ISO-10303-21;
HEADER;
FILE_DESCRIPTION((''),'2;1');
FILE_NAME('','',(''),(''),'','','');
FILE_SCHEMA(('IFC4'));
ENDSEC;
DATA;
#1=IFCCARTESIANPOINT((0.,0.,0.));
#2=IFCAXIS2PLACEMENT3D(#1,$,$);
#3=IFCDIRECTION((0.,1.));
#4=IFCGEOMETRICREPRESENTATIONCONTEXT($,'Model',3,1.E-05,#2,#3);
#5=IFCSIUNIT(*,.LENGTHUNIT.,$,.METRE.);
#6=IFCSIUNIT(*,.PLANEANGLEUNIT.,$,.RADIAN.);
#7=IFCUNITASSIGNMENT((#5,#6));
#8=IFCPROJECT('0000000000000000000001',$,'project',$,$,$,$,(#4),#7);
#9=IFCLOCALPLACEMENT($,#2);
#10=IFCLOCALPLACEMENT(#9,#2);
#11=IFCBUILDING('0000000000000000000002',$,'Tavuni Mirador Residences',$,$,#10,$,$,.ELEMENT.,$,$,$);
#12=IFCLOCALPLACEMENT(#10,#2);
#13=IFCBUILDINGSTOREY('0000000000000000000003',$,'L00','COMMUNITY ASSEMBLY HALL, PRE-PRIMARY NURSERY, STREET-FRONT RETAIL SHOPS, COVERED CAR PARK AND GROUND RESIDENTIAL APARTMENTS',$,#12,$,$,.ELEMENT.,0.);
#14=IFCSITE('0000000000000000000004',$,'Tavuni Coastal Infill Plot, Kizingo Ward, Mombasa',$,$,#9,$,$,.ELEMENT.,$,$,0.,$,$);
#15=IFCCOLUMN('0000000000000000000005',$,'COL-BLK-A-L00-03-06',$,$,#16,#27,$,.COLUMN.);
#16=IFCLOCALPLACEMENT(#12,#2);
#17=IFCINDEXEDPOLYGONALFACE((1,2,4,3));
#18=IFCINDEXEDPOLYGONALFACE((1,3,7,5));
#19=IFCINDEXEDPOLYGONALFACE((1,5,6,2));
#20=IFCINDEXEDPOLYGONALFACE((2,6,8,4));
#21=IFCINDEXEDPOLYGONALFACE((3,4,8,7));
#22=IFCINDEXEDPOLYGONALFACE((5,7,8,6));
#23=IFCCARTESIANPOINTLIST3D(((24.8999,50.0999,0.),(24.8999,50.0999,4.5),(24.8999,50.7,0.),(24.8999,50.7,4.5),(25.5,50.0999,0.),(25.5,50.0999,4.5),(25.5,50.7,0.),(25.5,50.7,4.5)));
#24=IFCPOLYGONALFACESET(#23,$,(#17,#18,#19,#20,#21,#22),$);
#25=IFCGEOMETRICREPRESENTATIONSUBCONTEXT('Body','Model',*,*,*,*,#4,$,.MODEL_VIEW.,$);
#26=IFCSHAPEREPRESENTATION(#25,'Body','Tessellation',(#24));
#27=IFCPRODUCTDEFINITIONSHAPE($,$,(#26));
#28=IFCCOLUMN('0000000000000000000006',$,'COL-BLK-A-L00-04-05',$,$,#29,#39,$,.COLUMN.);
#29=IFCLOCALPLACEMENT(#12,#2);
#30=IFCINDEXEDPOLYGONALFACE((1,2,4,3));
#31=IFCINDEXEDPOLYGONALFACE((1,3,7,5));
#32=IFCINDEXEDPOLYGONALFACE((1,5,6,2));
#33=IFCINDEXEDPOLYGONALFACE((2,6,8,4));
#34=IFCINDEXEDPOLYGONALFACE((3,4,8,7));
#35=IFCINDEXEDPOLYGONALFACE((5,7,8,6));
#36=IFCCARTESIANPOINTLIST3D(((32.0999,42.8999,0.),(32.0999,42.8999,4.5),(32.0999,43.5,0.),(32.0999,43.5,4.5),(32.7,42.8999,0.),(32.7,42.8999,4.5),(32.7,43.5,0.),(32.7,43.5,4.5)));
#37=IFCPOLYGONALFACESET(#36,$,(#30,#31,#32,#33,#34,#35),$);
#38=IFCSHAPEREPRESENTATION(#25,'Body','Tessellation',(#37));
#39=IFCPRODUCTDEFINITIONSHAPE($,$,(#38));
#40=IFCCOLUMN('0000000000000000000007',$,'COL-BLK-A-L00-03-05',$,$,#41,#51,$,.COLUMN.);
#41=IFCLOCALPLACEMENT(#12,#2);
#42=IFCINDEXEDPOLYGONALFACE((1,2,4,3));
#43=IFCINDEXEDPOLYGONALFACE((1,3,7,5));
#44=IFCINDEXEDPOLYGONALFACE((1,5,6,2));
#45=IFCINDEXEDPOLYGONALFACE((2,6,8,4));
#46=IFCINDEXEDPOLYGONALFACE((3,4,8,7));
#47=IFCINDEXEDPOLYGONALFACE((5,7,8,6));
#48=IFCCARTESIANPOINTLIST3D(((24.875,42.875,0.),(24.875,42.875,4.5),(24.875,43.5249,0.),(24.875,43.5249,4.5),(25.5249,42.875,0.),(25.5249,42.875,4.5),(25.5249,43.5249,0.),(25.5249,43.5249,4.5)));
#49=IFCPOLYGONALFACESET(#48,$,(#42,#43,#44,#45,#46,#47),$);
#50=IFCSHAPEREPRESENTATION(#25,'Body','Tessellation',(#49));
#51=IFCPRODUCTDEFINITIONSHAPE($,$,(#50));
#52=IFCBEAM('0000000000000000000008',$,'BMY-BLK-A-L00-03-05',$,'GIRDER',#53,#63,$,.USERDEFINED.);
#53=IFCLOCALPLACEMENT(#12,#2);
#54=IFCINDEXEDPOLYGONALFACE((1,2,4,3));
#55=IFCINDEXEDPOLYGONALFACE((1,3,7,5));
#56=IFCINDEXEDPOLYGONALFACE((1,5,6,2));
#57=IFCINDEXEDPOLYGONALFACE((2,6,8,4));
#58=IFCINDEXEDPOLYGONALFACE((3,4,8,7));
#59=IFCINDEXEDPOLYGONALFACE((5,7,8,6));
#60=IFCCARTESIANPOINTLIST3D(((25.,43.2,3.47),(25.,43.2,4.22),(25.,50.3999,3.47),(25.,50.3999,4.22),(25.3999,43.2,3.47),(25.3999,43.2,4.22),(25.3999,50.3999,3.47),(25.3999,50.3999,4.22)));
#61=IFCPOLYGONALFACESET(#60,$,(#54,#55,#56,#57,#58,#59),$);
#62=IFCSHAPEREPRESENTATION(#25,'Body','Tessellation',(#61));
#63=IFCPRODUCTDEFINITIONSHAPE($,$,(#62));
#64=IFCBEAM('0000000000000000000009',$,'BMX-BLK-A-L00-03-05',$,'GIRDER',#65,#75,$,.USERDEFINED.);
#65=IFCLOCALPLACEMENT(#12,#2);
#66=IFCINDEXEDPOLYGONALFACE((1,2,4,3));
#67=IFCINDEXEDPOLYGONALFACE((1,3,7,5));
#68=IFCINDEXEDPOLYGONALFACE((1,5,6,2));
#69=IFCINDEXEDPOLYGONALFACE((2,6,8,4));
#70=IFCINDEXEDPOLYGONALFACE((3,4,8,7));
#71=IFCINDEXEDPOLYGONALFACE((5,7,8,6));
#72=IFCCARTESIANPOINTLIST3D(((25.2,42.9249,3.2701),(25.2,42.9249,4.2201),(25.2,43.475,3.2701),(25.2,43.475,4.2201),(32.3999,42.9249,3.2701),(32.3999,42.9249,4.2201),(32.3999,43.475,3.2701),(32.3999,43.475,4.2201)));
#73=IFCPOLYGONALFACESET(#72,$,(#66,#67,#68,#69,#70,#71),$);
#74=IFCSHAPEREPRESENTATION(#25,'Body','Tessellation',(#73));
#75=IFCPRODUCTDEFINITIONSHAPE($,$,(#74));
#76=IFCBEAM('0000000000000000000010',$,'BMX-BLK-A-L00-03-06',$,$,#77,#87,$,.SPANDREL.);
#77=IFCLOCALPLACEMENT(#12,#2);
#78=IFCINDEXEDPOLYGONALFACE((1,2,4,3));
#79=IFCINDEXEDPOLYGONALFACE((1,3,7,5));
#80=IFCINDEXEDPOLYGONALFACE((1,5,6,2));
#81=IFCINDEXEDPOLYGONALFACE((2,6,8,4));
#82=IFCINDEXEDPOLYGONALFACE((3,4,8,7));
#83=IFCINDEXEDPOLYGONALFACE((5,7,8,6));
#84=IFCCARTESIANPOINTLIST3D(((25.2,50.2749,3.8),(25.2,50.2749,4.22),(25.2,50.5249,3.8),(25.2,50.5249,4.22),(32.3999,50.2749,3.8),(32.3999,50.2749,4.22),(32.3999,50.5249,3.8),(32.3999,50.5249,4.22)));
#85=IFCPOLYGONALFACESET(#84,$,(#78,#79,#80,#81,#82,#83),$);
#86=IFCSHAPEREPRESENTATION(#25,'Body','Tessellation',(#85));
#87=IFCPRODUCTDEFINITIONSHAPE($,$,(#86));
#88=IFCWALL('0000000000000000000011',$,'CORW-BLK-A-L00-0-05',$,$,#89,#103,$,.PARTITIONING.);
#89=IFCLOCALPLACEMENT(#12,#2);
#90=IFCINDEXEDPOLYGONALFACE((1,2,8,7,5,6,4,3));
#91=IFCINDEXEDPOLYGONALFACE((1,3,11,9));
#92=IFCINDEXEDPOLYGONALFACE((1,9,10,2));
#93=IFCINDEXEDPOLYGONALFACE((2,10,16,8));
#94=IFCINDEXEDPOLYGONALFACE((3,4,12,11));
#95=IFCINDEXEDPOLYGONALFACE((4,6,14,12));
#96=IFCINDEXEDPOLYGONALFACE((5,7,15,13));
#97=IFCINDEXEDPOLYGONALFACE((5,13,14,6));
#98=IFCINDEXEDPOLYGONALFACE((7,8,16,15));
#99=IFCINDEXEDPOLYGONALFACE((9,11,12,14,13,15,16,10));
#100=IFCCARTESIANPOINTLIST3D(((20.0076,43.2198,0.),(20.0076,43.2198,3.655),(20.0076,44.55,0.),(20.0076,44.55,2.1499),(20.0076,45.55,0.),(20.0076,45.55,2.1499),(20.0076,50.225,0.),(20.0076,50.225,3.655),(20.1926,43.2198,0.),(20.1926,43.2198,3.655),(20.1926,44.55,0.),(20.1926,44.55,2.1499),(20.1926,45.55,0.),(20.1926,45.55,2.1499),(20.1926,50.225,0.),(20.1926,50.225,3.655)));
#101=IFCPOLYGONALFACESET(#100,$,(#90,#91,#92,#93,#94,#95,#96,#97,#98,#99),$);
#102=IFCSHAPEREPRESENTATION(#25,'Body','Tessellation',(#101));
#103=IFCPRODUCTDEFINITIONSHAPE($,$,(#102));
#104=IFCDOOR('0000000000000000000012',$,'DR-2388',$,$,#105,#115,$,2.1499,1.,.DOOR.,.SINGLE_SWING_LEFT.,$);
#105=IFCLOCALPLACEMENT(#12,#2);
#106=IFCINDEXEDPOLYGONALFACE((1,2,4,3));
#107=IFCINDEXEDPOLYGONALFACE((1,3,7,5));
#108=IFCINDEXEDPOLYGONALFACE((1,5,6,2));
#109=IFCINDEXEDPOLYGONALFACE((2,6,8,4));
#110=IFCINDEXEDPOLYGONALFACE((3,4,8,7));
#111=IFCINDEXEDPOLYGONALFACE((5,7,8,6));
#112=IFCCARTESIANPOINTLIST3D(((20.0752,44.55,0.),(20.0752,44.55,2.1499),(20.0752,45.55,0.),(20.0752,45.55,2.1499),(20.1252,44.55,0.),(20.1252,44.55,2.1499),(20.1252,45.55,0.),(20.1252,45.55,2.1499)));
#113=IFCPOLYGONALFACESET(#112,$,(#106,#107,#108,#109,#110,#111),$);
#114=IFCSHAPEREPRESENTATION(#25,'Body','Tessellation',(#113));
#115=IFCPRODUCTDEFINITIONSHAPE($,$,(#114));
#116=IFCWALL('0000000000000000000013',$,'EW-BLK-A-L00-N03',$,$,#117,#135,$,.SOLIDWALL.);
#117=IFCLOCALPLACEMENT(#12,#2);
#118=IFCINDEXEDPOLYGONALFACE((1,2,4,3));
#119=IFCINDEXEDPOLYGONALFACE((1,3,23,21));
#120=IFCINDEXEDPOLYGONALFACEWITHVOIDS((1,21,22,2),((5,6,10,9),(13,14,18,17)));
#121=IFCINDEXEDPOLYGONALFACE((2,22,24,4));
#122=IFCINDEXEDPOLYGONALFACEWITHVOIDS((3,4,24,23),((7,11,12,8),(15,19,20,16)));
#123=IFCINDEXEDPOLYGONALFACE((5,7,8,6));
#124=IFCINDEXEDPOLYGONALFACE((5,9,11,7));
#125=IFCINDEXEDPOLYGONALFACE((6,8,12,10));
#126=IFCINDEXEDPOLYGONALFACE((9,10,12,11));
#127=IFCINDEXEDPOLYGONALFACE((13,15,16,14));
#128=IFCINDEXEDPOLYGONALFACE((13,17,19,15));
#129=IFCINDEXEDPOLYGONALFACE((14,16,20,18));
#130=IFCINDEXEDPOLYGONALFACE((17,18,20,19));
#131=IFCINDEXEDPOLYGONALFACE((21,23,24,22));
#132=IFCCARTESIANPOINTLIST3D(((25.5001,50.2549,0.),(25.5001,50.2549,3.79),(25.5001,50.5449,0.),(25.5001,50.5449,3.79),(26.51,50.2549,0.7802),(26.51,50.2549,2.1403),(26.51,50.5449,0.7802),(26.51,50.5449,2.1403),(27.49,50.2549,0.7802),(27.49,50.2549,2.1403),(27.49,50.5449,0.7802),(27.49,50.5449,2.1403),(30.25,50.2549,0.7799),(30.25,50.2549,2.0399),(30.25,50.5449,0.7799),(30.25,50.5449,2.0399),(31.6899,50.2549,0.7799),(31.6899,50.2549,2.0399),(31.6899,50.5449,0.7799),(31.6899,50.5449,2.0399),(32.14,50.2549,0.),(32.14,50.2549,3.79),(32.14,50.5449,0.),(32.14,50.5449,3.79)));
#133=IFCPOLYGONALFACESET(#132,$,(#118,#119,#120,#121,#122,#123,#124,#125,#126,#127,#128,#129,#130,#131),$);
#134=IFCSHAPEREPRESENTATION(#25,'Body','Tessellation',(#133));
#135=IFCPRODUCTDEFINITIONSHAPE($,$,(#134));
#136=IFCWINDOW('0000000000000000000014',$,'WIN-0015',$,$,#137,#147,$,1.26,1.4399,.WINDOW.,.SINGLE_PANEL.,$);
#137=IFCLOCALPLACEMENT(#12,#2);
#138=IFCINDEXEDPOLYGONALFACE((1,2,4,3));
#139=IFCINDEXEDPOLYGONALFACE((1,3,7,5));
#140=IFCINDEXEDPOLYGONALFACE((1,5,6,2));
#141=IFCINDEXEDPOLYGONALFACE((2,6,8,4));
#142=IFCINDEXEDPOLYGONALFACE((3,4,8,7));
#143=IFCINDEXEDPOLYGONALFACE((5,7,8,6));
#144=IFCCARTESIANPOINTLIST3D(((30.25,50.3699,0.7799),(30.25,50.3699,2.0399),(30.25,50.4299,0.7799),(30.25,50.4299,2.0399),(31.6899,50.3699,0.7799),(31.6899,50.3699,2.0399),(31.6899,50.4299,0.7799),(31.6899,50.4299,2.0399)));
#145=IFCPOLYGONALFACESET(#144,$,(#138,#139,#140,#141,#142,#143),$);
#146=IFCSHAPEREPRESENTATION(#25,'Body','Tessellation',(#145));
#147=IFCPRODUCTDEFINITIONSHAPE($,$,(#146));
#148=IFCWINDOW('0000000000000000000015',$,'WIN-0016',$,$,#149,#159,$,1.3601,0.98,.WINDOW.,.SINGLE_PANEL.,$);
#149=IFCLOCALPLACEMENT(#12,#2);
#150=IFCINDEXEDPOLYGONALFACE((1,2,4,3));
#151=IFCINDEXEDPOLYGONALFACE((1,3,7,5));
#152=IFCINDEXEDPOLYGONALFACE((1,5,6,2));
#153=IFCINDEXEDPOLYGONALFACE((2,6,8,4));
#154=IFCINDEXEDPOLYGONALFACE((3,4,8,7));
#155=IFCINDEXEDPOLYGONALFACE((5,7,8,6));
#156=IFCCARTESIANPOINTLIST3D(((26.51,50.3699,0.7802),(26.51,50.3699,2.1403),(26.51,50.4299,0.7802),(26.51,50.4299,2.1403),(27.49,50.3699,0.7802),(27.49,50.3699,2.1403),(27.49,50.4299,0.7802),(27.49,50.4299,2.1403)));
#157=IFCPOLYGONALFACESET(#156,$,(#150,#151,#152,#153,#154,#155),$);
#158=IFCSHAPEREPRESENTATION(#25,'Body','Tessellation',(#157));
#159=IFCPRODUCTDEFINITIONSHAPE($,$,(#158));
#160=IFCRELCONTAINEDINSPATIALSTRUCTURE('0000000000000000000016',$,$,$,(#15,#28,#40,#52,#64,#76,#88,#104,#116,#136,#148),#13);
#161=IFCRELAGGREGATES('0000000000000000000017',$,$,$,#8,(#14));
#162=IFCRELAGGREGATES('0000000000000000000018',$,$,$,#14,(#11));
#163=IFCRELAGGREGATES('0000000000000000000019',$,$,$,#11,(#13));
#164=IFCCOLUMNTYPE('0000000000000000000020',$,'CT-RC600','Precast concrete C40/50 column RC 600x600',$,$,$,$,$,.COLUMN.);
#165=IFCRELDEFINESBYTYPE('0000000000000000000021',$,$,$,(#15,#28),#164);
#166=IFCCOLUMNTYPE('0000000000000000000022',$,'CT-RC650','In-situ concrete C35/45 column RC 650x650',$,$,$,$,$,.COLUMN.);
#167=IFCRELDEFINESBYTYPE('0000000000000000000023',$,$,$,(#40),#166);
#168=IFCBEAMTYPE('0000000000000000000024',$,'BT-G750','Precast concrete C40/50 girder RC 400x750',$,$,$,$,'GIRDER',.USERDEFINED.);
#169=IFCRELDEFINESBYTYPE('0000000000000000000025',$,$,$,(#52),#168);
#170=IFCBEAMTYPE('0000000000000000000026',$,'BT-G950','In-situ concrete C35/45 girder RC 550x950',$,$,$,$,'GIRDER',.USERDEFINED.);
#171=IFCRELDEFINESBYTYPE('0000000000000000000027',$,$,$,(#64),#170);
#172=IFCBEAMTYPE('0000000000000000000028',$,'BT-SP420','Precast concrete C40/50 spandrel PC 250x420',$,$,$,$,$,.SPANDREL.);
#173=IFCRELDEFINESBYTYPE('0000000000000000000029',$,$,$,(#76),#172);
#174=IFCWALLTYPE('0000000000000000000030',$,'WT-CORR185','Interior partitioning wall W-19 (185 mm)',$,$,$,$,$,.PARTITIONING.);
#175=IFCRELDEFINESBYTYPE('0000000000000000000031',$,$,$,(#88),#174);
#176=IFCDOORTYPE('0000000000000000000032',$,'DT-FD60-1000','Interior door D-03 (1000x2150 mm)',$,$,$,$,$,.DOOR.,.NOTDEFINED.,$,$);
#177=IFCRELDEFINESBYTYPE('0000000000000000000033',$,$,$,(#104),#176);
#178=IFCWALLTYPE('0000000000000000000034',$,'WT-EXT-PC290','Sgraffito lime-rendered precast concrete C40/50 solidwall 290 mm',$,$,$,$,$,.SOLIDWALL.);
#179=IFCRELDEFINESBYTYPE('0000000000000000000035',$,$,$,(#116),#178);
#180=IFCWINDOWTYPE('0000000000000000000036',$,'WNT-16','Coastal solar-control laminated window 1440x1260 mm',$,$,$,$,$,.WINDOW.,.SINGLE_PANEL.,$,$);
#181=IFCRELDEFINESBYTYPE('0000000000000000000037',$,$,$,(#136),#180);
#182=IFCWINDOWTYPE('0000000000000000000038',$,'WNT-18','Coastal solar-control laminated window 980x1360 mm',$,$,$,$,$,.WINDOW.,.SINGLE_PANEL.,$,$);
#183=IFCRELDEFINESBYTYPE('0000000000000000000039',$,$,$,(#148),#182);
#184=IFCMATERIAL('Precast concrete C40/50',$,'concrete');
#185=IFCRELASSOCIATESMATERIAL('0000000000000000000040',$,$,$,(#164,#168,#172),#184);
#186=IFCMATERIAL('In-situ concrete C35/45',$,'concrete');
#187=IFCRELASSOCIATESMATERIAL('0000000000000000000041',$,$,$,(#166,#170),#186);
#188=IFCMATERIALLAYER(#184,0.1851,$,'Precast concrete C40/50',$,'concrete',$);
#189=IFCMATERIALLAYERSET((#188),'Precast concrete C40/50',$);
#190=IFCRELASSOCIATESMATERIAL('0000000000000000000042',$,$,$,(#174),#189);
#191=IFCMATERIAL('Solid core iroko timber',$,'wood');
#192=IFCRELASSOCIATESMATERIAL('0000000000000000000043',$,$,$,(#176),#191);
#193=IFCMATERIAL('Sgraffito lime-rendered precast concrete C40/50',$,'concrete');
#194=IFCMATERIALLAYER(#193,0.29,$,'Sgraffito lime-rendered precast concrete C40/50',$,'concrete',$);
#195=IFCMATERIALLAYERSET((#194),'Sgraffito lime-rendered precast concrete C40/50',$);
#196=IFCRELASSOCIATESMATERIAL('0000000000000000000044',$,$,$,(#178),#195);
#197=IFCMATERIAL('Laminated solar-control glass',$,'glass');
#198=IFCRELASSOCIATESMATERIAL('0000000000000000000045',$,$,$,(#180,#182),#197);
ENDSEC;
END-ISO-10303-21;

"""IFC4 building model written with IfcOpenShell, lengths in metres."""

from ifc_helpers import new_model, si_unit, direction, frame, frame_2d, origin, origin_2d, place, context, subcontext, project, spatial, rectangle, extrude, material, layer, layer_set, material_profile, profile_set, type_object, element, fill, save


model = new_model("IFC4")

# Units and contexts
model_context = context("Model", 3, precision=1e-05, world=origin(), true_north=direction((0.0, 1.0)))
body_context = subcontext(model_context, "Body", "Model", "MODEL_VIEW")
ifc_project = project(units=[si_unit("LENGTHUNIT", "METRE"), si_unit("PLANEANGLEUNIT", "RADIAN")], contexts=[model_context])

# Site, building, storey
site_placement = place(None, origin())
site = spatial("IfcSite", under=ifc_project, at=site_placement, Name="Tavuni Coastal Infill Plot, Kizingo Ward, Mombasa", CompositionType="ELEMENT", RefElevation=0.0)
building_placement = place(site_placement, origin())
building = spatial("IfcBuilding", under=site, at=building_placement, Name="Tavuni Mirador Residences", CompositionType="ELEMENT")
storey_placement = place(building_placement, origin())
storey = spatial("IfcBuildingStorey", under=building, at=storey_placement, Name="L00", Description="COMMUNITY ASSEMBLY HALL, PRE-PRIMARY NURSERY, STREET-FRONT RETAIL SHOPS, COVERED CAR PARK AND GROUND RESIDENTIAL APARTMENTS", CompositionType="ELEMENT", Elevation=0.0)

# Columns
ifc_material_1 = material(Name="Precast concrete C40/50", Category="concrete")
ifc_material_profile_1 = material_profile(ifc_material_1, rectangle(XDim=0.6001, YDim=0.6001, at=origin_2d()), Name="RC 600x600", Category="concrete")
ifc_profile_set_1 = profile_set([ifc_material_profile_1], Name="Precast concrete C40/50")
column_type_1 = type_object("IfcColumnType", Name="CT-RC600", Description="Precast concrete C40/50 column RC 600x600", PredefinedType="COLUMN", material=ifc_profile_set_1)
for number, where, z_axis, x_axis, name in (
    (1, (25.2, 50.3999, 0.0), (0.0, 0.0, 1.0), (1.0, 0.0, 0.0), "COL-BLK-A-L00-03-06"),
    (2, (32.3999, 43.2, 0.0), (0.0, 0.0, 1.0), (1.0, 0.0, 0.0), "COL-BLK-A-L00-04-05"),
):
    element("IfcColumn", number, at=place(storey_placement, frame(where, z_axis=z_axis, x_axis=x_axis)), inside=storey, type_object=column_type_1, Name=name, PredefinedType="COLUMN", context=body_context, shape_type="SweptSolid", body=[
        extrude(rectangle(XDim=0.6001, YDim=0.6001, at=origin_2d()), origin(), (0.0, 0.0, 1.0), 4.5),
    ])
ifc_material_2 = material(Name="In-situ concrete C35/45", Category="concrete")
ifc_material_profile_2 = material_profile(ifc_material_2, rectangle(XDim=0.6499, YDim=0.6499, at=origin_2d()), Name="RC 650x650", Category="concrete")
ifc_profile_set_2 = profile_set([ifc_material_profile_2], Name="In-situ concrete C35/45")
column_type_2 = type_object("IfcColumnType", Name="CT-RC650", Description="In-situ concrete C35/45 column RC 650x650", PredefinedType="COLUMN", material=ifc_profile_set_2)
column_placement = place(storey_placement, frame((25.2, 43.2, 0.0), z_axis=(0.0, 0.0, 1.0), x_axis=(1.0, 0.0, 0.0)))
element("IfcColumn", 3, at=column_placement, inside=storey, type_object=column_type_2, Name="COL-BLK-A-L00-03-05", PredefinedType="COLUMN", context=body_context, shape_type="SweptSolid", body=[
    extrude(rectangle(XDim=0.6499, YDim=0.6499, at=origin_2d()), origin(), (0.0, 0.0, 1.0), 4.5),
])

# Beams
ifc_material_profile_3 = material_profile(ifc_material_1, rectangle(XDim=0.3999, YDim=0.75, at=origin_2d()), Name="RC 400x750", Category="concrete")
ifc_profile_set_3 = profile_set([ifc_material_profile_3], Name="Precast concrete C40/50")
beam_type_1 = type_object("IfcBeamType", Name="BT-G750", Description="Precast concrete C40/50 girder RC 400x750", ElementType="GIRDER", PredefinedType="USERDEFINED", material=ifc_profile_set_3)
beam_1_placement = place(storey_placement, frame((25.2, 43.2, 3.845), z_axis=(0.0, 1.0, 0.0), x_axis=(-1.0, 0.0, 0.0)))
element("IfcBeam", 4, at=beam_1_placement, inside=storey, type_object=beam_type_1, Name="BMY-BLK-A-L00-03-05", ObjectType="GIRDER", PredefinedType="USERDEFINED", context=body_context, shape_type="SweptSolid", body=[
    extrude(rectangle(XDim=0.3999, YDim=0.75, at=origin_2d()), origin(), (0.0, 0.0, 1.0), 7.2),
])
ifc_material_profile_4 = material_profile(ifc_material_2, rectangle(XDim=0.55, YDim=0.95, at=origin_2d()), Name="RC 550x950", Category="concrete")
ifc_profile_set_4 = profile_set([ifc_material_profile_4], Name="In-situ concrete C35/45")
beam_type_2 = type_object("IfcBeamType", Name="BT-G950", Description="In-situ concrete C35/45 girder RC 550x950", ElementType="GIRDER", PredefinedType="USERDEFINED", material=ifc_profile_set_4)
beam_2_placement = place(storey_placement, frame((25.2, 43.2, 3.7451), z_axis=(1.0, 0.0, 0.0), x_axis=(0.0, 1.0, 0.0)))
element("IfcBeam", 5, at=beam_2_placement, inside=storey, type_object=beam_type_2, Name="BMX-BLK-A-L00-03-05", ObjectType="GIRDER", PredefinedType="USERDEFINED", context=body_context, shape_type="SweptSolid", body=[
    extrude(rectangle(XDim=0.55, YDim=0.95, at=origin_2d()), origin(), (0.0, 0.0, 1.0), 7.2),
])
ifc_material_profile_5 = material_profile(ifc_material_1, rectangle(XDim=0.25, YDim=0.4199, at=origin_2d()), Name="PC 250x420", Category="concrete")
ifc_profile_set_5 = profile_set([ifc_material_profile_5], Name="Precast concrete C40/50")
beam_type_3 = type_object("IfcBeamType", Name="BT-SP420", Description="Precast concrete C40/50 spandrel PC 250x420", PredefinedType="SPANDREL", material=ifc_profile_set_5)
beam_3_placement = place(storey_placement, frame((25.2, 50.3999, 4.01), z_axis=(1.0, 0.0, 0.0), x_axis=(0.0, 1.0, 0.0)))
element("IfcBeam", 6, at=beam_3_placement, inside=storey, type_object=beam_type_3, Name="BMX-BLK-A-L00-03-06", PredefinedType="SPANDREL", context=body_context, shape_type="SweptSolid", body=[
    extrude(rectangle(XDim=0.25, YDim=0.4199, at=origin_2d()), origin(), (0.0, 0.0, 1.0), 7.2),
])

# Wall, opening, door
ifc_layer_1 = layer(ifc_material_1, 0.1851, Name="Precast concrete C40/50", Category="concrete")
ifc_layer_set_1 = layer_set([ifc_layer_1], Name="Precast concrete C40/50")
wall_type_1 = type_object("IfcWallType", Name="WT-CORR185", Description="Interior partitioning wall W-19 (185 mm)", PredefinedType="PARTITIONING", material=ifc_layer_set_1)
wall_1_placement = place(storey_placement, frame((20.1001, 43.22, 0.0), z_axis=(0.0, 0.0, 1.0), x_axis=(0.0, 1.0, 0.0)))
wall_1 = element("IfcWall", 7, at=wall_1_placement, inside=storey, type_object=wall_type_1, Name="CORW-BLK-A-L00-0-05", PredefinedType="PARTITIONING", context=body_context, shape_type="SweptSolid", body=[
    extrude(rectangle(XDim=7.0051, YDim=0.1851, at=frame_2d((3.5024, 0.0))), origin(), (0.0, 0.0, 1.0), 3.655),
])
opening_1_placement = place(wall_1_placement, frame((1.3301, 0.0, 0.0)))
opening_1 = element("IfcOpeningElement", 8, at=opening_1_placement, cuts=wall_1, PredefinedType="OPENING", context=body_context, shape_type="SweptSolid", body=[
    extrude(rectangle(XDim=1.0, YDim=2.1499, at=frame_2d((0.5, 1.075))), frame((0.0, 0.1025, 0.0), z_axis=(0.0, -1.0, 0.0), x_axis=(1.0, 0.0, 0.0)), (0.0, 0.0, 1.0), 0.2051),
])
ifc_material_3 = material(Name="Solid core iroko timber", Category="wood")
door_type_1 = type_object("IfcDoorType", Name="DT-FD60-1000", Description="Interior door D-03 (1000x2150 mm)", OperationType="NOTDEFINED", PredefinedType="DOOR", material=ifc_material_3)
door_1_placement = place(opening_1_placement, origin())
door_1 = element("IfcDoor", 9, at=door_1_placement, inside=storey, type_object=door_type_1, Name="DR-2388", OperationType="SINGLE_SWING_LEFT", OverallHeight=2.1499, OverallWidth=1.0, PredefinedType="DOOR", context=body_context, shape_type="SweptSolid", body=[
    extrude(rectangle(XDim=1.0, YDim=2.1499, at=frame_2d((0.5, 1.075))), frame((0.0, 0.0249, 0.0), z_axis=(0.0, -1.0, 0.0), x_axis=(1.0, 0.0, 0.0)), (0.0, 0.0, 1.0), 0.05),
])
fill(opening_1, door_1)

# Wall, openings, windows
ifc_material_4 = material(Name="Sgraffito lime-rendered precast concrete C40/50", Category="concrete")
ifc_layer_2 = layer(ifc_material_4, 0.29, Name="Sgraffito lime-rendered precast concrete C40/50", Category="concrete")
ifc_layer_set_2 = layer_set([ifc_layer_2], Name="Sgraffito lime-rendered precast concrete C40/50")
wall_type_2 = type_object("IfcWallType", Name="WT-EXT-PC290", Description="Sgraffito lime-rendered precast concrete C40/50 solidwall 290 mm", PredefinedType="SOLIDWALL", material=ifc_layer_set_2)
wall_2_placement = place(storey_placement, frame((32.1399, 50.3999, 0.0), z_axis=(0.0, 0.0, 1.0), x_axis=(-1.0, 0.0, 0.0)))
wall_2 = element("IfcWall", 10, at=wall_2_placement, inside=storey, type_object=wall_type_2, Name="EW-BLK-A-L00-N03", PredefinedType="SOLIDWALL", context=body_context, shape_type="SweptSolid", body=[
    extrude(rectangle(XDim=6.6399, YDim=0.29, at=frame_2d((3.3198, 0.0))), origin(), (0.0, 0.0, 1.0), 3.79),
])
opening_2_placement = place(wall_2_placement, frame((0.45, 0.0, 0.78)))
opening_2 = element("IfcOpeningElement", 11, at=opening_2_placement, cuts=wall_2, PredefinedType="OPENING", context=body_context, shape_type="SweptSolid", body=[
    extrude(rectangle(XDim=1.4399, YDim=1.26, at=frame_2d((0.72, 0.6299))), frame((0.0, 0.155, 0.0), z_axis=(0.0, -1.0, 0.0), x_axis=(1.0, 0.0, 0.0)), (0.0, 0.0, 1.0), 0.3101),
])
opening_3_placement = place(wall_2_placement, frame((4.6499, 0.0, 0.78)))
opening_3 = element("IfcOpeningElement", 12, at=opening_3_placement, cuts=wall_2, PredefinedType="OPENING", context=body_context, shape_type="SweptSolid", body=[
    extrude(rectangle(XDim=0.98, YDim=1.3601, at=frame_2d((0.49, 0.6802))), frame((0.0, 0.155, 0.0), z_axis=(0.0, -1.0, 0.0), x_axis=(1.0, 0.0, 0.0)), (0.0, 0.0, 1.0), 0.3101),
])
ifc_material_5 = material(Name="Laminated solar-control glass", Category="glass")
window_type_1 = type_object("IfcWindowType", Name="WNT-16", Description="Coastal solar-control laminated window 1440x1260 mm", PartitioningType="SINGLE_PANEL", PredefinedType="WINDOW", material=ifc_material_5)
window_1_placement = place(opening_2_placement, origin())
window_1 = element("IfcWindow", 13, at=window_1_placement, inside=storey, type_object=window_type_1, Name="WIN-0015", OverallHeight=1.26, OverallWidth=1.4399, PartitioningType="SINGLE_PANEL", PredefinedType="WINDOW", context=body_context, shape_type="SweptSolid", body=[
    extrude(rectangle(XDim=1.4399, YDim=1.26, at=frame_2d((0.72, 0.6299))), frame((0.0, 0.03, 0.0), z_axis=(0.0, -1.0, 0.0), x_axis=(1.0, 0.0, 0.0)), (0.0, 0.0, 1.0), 0.0601),
])
fill(opening_2, window_1)
window_type_2 = type_object("IfcWindowType", Name="WNT-18", Description="Coastal solar-control laminated window 980x1360 mm", PartitioningType="SINGLE_PANEL", PredefinedType="WINDOW", material=ifc_material_5)
window_2_placement = place(opening_3_placement, origin())
window_2 = element("IfcWindow", 14, at=window_2_placement, inside=storey, type_object=window_type_2, Name="WIN-0016", OverallHeight=1.3601, OverallWidth=0.98, PartitioningType="SINGLE_PANEL", PredefinedType="WINDOW", context=body_context, shape_type="SweptSolid", body=[
    extrude(rectangle(XDim=0.98, YDim=1.3601, at=frame_2d((0.49, 0.6802))), frame((0.0, 0.03, 0.0), z_axis=(0.0, -1.0, 0.0), x_axis=(1.0, 0.0, 0.0)), (0.0, 0.0, 1.0), 0.0601),
])
fill(opening_3, window_2)

save(model, "model.ifc")
